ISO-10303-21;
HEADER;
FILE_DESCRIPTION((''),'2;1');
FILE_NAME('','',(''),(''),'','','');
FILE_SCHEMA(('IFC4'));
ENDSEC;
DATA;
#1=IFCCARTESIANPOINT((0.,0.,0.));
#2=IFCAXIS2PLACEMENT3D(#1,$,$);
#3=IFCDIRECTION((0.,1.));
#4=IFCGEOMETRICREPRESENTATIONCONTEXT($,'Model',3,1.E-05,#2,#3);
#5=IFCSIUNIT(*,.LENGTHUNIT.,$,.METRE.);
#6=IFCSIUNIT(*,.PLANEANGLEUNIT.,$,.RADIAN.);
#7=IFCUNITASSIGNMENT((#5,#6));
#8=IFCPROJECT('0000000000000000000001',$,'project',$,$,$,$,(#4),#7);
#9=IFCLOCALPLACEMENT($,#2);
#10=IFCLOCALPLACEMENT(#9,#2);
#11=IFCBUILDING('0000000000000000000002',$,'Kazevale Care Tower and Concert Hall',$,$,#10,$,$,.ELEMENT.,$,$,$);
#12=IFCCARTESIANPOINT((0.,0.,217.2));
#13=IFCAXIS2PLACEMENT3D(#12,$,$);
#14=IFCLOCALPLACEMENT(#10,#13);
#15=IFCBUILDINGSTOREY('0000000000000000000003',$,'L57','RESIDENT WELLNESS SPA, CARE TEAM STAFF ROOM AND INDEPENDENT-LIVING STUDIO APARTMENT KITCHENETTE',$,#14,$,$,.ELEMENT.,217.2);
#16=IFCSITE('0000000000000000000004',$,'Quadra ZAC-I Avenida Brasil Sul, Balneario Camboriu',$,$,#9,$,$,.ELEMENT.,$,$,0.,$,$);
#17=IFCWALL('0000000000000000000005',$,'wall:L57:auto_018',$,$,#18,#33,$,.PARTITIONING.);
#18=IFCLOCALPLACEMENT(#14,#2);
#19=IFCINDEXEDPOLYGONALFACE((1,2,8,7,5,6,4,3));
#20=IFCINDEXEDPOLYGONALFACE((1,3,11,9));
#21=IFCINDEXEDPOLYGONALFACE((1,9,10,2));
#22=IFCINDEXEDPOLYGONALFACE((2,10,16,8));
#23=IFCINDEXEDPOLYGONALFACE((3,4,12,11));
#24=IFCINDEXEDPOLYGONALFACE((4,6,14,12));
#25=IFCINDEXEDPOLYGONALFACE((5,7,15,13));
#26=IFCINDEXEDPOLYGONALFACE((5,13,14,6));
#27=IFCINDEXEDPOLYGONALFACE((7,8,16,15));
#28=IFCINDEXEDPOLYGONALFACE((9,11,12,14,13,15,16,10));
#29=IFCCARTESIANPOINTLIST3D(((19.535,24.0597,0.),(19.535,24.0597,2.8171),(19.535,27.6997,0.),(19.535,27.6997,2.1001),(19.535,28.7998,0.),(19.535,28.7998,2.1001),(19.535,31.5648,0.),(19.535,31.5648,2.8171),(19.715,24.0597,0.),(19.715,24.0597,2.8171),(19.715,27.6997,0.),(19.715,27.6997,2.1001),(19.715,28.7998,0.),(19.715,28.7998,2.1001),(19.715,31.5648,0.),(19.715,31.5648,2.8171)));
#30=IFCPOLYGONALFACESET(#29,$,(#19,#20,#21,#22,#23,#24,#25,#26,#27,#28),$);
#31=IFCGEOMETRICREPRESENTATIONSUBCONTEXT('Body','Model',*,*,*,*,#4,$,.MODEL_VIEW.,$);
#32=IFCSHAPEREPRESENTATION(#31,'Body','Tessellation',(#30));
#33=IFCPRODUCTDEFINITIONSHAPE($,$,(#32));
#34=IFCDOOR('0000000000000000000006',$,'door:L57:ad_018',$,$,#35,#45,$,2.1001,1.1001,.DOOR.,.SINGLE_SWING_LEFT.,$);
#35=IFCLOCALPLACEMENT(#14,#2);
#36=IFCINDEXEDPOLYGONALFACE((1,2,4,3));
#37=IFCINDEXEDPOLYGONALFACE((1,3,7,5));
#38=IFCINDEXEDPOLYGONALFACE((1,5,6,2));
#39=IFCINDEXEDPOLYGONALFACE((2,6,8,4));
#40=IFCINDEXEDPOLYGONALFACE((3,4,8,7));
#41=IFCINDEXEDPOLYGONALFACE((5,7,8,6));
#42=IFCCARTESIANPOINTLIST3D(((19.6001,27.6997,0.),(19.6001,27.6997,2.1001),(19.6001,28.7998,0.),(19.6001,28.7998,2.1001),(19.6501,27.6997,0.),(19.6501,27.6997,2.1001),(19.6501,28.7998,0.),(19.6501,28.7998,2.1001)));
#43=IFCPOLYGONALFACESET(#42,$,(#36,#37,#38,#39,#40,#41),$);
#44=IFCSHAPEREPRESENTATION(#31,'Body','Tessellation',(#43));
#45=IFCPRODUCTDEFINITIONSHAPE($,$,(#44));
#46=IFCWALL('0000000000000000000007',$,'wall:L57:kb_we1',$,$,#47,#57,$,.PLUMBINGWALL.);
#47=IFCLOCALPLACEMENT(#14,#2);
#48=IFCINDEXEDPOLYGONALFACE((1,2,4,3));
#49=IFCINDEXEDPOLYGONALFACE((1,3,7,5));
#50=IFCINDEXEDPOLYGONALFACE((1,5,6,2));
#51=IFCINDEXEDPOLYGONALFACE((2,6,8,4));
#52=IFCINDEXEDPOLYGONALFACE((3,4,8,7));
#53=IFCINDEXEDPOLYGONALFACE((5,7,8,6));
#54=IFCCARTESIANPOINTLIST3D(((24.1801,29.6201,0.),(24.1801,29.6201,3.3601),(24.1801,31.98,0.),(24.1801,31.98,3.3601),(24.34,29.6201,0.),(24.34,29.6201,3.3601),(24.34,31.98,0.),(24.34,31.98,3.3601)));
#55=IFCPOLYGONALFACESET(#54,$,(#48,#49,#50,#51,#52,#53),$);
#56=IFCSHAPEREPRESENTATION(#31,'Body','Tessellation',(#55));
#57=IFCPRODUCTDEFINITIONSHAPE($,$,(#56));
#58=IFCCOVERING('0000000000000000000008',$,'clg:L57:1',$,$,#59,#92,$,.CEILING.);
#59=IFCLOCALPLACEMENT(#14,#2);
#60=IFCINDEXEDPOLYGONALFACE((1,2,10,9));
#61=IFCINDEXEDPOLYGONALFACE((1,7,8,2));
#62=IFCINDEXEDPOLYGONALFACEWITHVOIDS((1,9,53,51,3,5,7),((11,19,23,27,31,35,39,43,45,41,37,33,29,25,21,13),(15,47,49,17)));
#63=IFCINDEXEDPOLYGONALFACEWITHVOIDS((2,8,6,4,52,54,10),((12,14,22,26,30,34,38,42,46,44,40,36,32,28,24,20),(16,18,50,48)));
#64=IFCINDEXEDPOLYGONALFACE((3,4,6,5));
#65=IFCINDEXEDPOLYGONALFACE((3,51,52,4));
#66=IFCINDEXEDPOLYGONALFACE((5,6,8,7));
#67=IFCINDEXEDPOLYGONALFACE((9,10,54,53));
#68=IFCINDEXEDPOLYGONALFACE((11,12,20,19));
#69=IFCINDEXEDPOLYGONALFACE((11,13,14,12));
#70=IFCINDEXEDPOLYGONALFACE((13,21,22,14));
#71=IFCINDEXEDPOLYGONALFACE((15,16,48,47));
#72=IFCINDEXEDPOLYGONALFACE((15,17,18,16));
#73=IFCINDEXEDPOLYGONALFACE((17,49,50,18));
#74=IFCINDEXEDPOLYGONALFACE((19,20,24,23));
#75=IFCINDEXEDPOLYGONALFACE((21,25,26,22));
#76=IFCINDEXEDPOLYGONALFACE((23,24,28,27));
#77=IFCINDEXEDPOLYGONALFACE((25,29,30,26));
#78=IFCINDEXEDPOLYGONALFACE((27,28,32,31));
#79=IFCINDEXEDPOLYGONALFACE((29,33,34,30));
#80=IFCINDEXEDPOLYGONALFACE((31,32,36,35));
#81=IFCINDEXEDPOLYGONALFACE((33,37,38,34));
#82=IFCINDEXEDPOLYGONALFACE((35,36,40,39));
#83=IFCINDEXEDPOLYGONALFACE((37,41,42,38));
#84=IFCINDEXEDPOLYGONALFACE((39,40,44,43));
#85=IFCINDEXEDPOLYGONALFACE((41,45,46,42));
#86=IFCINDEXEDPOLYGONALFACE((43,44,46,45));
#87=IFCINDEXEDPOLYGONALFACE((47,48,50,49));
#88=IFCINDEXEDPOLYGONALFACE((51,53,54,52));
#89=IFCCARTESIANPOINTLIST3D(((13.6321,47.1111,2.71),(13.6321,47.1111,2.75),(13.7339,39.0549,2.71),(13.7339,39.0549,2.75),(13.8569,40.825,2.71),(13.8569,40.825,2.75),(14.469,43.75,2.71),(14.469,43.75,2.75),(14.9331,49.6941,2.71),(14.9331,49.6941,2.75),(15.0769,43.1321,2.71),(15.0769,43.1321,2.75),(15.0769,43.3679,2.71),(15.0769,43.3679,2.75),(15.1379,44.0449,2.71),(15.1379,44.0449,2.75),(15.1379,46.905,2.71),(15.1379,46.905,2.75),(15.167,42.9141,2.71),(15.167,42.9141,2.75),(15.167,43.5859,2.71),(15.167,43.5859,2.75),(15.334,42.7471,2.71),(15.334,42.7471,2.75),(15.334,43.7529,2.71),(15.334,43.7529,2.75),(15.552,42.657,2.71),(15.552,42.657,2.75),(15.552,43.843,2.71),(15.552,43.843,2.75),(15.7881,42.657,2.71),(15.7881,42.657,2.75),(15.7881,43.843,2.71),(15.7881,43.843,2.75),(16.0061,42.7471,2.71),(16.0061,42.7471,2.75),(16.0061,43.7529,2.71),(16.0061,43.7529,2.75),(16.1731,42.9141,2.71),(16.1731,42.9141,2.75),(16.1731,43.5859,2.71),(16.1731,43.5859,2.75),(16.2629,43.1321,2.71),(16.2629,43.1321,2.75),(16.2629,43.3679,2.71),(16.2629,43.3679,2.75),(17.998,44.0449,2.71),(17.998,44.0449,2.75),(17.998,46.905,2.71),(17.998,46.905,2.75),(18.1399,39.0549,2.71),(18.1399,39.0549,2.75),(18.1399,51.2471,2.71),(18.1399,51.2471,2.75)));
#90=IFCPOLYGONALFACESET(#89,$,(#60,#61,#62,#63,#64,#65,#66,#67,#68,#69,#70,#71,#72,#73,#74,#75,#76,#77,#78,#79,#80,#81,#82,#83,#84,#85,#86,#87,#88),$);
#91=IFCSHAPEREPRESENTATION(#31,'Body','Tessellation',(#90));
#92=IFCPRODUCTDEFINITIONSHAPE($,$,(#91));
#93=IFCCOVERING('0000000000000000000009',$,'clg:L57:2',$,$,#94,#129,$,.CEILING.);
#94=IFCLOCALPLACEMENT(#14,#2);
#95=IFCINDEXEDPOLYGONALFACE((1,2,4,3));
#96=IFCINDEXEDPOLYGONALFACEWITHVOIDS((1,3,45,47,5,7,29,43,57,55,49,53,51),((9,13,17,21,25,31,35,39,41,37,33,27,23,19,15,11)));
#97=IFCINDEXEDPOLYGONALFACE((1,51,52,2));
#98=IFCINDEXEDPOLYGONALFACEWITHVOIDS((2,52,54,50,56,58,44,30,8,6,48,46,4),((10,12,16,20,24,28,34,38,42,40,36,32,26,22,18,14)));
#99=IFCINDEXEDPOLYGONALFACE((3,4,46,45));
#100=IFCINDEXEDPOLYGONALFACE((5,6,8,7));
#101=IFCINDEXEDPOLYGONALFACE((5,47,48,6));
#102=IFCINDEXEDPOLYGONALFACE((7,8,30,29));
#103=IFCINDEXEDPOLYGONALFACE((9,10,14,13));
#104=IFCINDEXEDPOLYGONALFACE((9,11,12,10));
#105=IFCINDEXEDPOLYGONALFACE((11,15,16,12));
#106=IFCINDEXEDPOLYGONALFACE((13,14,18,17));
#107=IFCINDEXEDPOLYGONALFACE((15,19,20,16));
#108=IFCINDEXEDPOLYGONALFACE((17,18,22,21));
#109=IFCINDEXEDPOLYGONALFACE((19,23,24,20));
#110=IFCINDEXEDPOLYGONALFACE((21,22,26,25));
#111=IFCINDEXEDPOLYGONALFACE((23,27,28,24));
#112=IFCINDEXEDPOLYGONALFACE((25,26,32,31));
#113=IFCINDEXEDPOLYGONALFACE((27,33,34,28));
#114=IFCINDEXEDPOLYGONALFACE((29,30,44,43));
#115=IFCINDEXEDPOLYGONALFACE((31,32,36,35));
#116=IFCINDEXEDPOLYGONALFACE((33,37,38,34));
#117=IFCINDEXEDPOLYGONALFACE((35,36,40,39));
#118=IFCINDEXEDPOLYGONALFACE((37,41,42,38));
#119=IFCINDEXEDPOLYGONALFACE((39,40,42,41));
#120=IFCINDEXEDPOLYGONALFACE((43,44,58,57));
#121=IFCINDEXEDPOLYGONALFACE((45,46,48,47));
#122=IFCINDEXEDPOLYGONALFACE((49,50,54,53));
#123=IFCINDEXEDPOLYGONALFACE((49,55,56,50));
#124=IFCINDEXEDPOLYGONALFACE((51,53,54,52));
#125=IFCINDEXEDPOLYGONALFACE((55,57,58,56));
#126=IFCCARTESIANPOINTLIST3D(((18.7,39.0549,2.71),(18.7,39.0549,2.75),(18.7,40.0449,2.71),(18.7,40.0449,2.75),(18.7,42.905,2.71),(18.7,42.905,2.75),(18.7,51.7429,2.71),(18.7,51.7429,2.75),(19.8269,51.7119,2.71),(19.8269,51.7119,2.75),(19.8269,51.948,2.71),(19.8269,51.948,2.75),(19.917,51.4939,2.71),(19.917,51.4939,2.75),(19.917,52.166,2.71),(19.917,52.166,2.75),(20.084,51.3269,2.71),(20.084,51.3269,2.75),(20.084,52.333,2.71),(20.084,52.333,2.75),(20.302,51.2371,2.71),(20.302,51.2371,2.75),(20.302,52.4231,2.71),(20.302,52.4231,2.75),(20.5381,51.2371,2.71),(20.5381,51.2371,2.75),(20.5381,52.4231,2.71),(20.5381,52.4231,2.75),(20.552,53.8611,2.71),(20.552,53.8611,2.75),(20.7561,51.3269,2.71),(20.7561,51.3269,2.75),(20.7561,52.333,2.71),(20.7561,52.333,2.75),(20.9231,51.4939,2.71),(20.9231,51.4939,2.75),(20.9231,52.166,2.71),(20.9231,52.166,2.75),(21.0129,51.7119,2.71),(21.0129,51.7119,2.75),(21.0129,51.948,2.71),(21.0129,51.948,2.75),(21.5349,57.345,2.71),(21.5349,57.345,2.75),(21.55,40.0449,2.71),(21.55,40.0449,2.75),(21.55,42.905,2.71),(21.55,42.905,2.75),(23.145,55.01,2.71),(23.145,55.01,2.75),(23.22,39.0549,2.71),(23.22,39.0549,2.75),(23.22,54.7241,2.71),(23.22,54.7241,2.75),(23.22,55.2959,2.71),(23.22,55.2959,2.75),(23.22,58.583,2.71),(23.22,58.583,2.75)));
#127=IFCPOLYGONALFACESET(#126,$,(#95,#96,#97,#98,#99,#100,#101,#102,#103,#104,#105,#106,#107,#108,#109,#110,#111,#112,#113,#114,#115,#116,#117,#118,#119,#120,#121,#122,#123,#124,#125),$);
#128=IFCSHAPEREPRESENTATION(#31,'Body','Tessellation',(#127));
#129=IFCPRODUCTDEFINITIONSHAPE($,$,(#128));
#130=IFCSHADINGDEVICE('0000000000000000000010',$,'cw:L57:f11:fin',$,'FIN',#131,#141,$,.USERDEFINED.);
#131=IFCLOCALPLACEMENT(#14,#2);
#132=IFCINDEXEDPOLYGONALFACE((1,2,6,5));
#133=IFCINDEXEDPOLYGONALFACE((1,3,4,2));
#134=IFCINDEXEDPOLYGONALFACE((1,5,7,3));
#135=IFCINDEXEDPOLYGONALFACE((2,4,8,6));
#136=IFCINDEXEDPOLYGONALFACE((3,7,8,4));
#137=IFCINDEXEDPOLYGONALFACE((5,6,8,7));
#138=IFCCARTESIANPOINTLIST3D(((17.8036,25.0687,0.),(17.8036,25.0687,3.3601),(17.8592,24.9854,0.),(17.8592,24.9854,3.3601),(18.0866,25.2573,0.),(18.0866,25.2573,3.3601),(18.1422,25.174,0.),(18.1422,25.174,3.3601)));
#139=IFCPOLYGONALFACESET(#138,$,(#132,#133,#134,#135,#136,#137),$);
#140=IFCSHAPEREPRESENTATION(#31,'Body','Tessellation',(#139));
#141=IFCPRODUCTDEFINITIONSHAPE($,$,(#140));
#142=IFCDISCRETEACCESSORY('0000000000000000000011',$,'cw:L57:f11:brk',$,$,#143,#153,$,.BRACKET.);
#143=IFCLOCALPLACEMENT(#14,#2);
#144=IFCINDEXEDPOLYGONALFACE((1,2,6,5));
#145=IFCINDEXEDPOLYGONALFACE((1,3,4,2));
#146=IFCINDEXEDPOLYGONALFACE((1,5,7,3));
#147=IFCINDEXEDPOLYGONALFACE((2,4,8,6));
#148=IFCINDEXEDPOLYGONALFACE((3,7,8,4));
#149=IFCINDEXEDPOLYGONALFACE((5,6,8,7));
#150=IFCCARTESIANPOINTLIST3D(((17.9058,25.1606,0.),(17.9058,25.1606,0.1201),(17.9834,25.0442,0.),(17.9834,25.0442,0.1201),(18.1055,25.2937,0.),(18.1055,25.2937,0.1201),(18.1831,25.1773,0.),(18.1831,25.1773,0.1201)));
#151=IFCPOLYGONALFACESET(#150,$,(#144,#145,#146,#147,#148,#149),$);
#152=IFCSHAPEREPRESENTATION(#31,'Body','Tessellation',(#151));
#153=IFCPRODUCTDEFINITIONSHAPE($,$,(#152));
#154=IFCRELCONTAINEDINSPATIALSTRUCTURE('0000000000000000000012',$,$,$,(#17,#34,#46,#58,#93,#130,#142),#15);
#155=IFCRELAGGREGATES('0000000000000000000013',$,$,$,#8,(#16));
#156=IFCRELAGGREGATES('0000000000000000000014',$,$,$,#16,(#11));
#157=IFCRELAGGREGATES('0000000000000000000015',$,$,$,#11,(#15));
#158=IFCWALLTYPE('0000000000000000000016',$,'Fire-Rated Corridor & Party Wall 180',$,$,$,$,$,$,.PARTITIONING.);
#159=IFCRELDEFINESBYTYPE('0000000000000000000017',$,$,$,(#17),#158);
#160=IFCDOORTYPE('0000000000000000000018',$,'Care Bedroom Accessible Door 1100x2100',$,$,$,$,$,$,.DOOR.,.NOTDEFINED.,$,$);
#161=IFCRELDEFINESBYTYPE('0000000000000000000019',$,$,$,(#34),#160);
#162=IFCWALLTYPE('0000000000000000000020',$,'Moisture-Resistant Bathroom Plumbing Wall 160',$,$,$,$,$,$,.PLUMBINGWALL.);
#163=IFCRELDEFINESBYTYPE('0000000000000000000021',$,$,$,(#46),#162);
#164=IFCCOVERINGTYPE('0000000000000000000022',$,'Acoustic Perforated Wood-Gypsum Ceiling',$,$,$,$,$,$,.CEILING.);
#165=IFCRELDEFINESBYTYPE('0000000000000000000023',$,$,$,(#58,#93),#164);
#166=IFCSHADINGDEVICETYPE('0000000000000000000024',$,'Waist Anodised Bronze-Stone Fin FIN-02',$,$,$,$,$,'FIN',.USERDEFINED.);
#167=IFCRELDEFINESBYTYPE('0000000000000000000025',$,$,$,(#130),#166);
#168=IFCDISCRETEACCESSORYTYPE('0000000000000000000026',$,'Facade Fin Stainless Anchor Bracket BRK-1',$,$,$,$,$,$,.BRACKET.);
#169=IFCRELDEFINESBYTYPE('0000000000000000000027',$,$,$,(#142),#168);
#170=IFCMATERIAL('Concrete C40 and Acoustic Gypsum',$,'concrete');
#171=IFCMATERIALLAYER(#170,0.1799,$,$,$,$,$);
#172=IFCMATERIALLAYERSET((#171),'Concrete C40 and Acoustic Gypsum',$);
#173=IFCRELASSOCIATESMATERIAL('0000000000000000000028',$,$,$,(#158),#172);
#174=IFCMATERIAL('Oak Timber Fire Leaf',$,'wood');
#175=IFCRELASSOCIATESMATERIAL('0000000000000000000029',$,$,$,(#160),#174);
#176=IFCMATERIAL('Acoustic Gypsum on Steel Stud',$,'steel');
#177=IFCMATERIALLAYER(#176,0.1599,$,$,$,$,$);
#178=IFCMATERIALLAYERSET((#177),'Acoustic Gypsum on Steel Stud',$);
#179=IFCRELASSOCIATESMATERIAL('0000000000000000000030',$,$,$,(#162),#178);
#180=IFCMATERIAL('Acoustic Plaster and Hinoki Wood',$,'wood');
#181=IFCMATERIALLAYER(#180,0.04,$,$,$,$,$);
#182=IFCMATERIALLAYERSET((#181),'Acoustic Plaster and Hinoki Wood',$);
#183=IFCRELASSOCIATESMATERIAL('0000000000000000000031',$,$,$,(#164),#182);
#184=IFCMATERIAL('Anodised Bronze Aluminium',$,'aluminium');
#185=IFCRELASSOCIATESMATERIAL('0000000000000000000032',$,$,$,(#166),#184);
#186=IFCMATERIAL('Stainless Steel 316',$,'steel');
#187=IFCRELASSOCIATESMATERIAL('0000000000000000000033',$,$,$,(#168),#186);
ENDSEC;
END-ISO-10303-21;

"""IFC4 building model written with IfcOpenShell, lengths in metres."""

from ifc_helpers import new_model, si_unit, direction, frame, frame_2d, origin, origin_2d, place, context, subcontext, project, spatial, polyline, rectangle, outline, extrude, material, layer, layer_set, type_object, element, fill, save


model = new_model("IFC4")

# Units and contexts
model_context = context("Model", 3, precision=1e-05, world=origin(), true_north=direction((0.0, 1.0)))
body_context = subcontext(model_context, "Body", "Model", "MODEL_VIEW")
ifc_project = project(units=[si_unit("LENGTHUNIT", "METRE"), si_unit("PLANEANGLEUNIT", "RADIAN")], contexts=[model_context])

# Site, building, storey
site_placement = place(None, origin())
site = spatial("IfcSite", under=ifc_project, at=site_placement, Name="Quadra ZAC-I Avenida Brasil Sul, Balneario Camboriu", CompositionType="ELEMENT", RefElevation=0.0)
building_placement = place(site_placement, origin())
building = spatial("IfcBuilding", under=site, at=building_placement, Name="Kazevale Care Tower and Concert Hall", CompositionType="ELEMENT")
storey_placement = place(building_placement, frame((0.0, 0.0, 217.2)))
storey = spatial("IfcBuildingStorey", under=building, at=storey_placement, Name="L57", Description="RESIDENT WELLNESS SPA, CARE TEAM STAFF ROOM AND INDEPENDENT-LIVING STUDIO APARTMENT KITCHENETTE", CompositionType="ELEMENT", Elevation=217.2)

# Wall, opening, door
ifc_material_1 = material(Name="Concrete C40 and Acoustic Gypsum", Category="concrete")
ifc_layer_1 = layer(ifc_material_1, 0.1799)
ifc_layer_set_1 = layer_set([ifc_layer_1], Name="Concrete C40 and Acoustic Gypsum")
wall_type_1 = type_object("IfcWallType", Name="Fire-Rated Corridor & Party Wall 180", PredefinedType="PARTITIONING", material=ifc_layer_set_1)
wall_1_placement = place(storey_placement, frame((19.625, 24.0598, 0.0), z_axis=(0.0, 0.0, 1.0), x_axis=(0.0, 1.0, 0.0)))
wall_1 = element("IfcWall", 1, at=wall_1_placement, inside=storey, type_object=wall_type_1, Name="wall:L57:auto_018", PredefinedType="PARTITIONING", context=body_context, shape_type="SweptSolid", body=[
    extrude(rectangle(XDim=7.5051, YDim=0.1799, at=frame_2d((3.7524, 0.0))), origin(), (0.0, 0.0, 1.0), 2.8171),
])
opening_1_placement = place(wall_1_placement, frame((3.6399, 0.0, 0.0)))
opening_1 = element("IfcOpeningElement", 2, at=opening_1_placement, cuts=wall_1, PredefinedType="OPENING", context=body_context, shape_type="SweptSolid", body=[
    extrude(rectangle(XDim=1.1001, YDim=2.1001, at=frame_2d((0.55, 1.05))), frame((0.0, 0.0999, 0.0), z_axis=(0.0, -1.0, 0.0), x_axis=(1.0, 0.0, 0.0)), (0.0, 0.0, 1.0), 0.2),
])
ifc_material_2 = material(Name="Oak Timber Fire Leaf", Category="wood")
door_type_1 = type_object("IfcDoorType", Name="Care Bedroom Accessible Door 1100x2100", OperationType="NOTDEFINED", PredefinedType="DOOR", material=ifc_material_2)
door_1_placement = place(opening_1_placement, origin())
door_1 = element("IfcDoor", 3, at=door_1_placement, inside=storey, type_object=door_type_1, Name="door:L57:ad_018", OperationType="SINGLE_SWING_LEFT", OverallHeight=2.1001, OverallWidth=1.1001, PredefinedType="DOOR", context=body_context, shape_type="SweptSolid", body=[
    extrude(rectangle(XDim=1.1001, YDim=2.1001, at=frame_2d((0.55, 1.05))), frame((0.0, 0.0249, 0.0), z_axis=(0.0, -1.0, 0.0), x_axis=(1.0, 0.0, 0.0)), (0.0, 0.0, 1.0), 0.05),
])
fill(opening_1, door_1)

# Wall
ifc_material_3 = material(Name="Acoustic Gypsum on Steel Stud", Category="steel")
ifc_layer_2 = layer(ifc_material_3, 0.1599)
ifc_layer_set_2 = layer_set([ifc_layer_2], Name="Acoustic Gypsum on Steel Stud")
wall_type_2 = type_object("IfcWallType", Name="Moisture-Resistant Bathroom Plumbing Wall 160", PredefinedType="PLUMBINGWALL", material=ifc_layer_set_2)
wall_2_placement = place(storey_placement, frame((24.26, 29.6201, 0.0), z_axis=(0.0, 0.0, 1.0), x_axis=(0.0, 1.0, 0.0)))
element("IfcWall", 4, at=wall_2_placement, inside=storey, type_object=wall_type_2, Name="wall:L57:kb_we1", PredefinedType="PLUMBINGWALL", context=body_context, shape_type="SweptSolid", body=[
    extrude(rectangle(XDim=2.3599, YDim=0.1599, at=frame_2d((1.1799, 0.0))), origin(), (0.0, 0.0, 1.0), 3.3601),
])

# Coverings
ifc_material_4 = material(Name="Acoustic Plaster and Hinoki Wood", Category="wood")
ifc_layer_3 = layer(ifc_material_4, 0.04)
ifc_layer_set_3 = layer_set([ifc_layer_3], Name="Acoustic Plaster and Hinoki Wood")
covering_type = type_object("IfcCoveringType", Name="Acoustic Perforated Wood-Gypsum Ceiling", PredefinedType="CEILING", material=ifc_layer_set_3)
covering_1_placement = place(storey_placement, frame((0.0, 0.0, 2.71)))
element("IfcCovering", 5, at=covering_1_placement, inside=storey, type_object=covering_type, Name="clg:L57:1", PredefinedType="CEILING", context=body_context, shape_type="SweptSolid", body=[
    extrude(outline(polyline([(14.9331, 49.6941), (18.1399, 51.2471), (18.1399, 39.0549), (13.7339, 39.0549), (13.8569, 40.825), (14.469, 43.75), (13.6321, 47.1111), (14.9331, 49.6941)]), holes=[polyline([(15.1379, 46.905), (15.1379, 44.0449), (17.998, 44.0449), (17.998, 46.905), (15.1379, 46.905)]), polyline([(16.2629, 43.3679), (16.1731, 43.5859), (16.0061, 43.7529), (15.7881, 43.843), (15.552, 43.843), (15.334, 43.7529), (15.167, 43.5859), (15.0769, 43.3679), (15.0769, 43.1321), (15.167, 42.9141), (15.334, 42.7471), (15.552, 42.657), (15.7881, 42.657), (16.0061, 42.7471), (16.1731, 42.9141), (16.2629, 43.1321), (16.2629, 43.3679)])]), origin(), (0.0, 0.0, 1.0), 0.04),
])
covering_2_placement = place(storey_placement, frame((0.0, 0.0, 2.71)))
element("IfcCovering", 6, at=covering_2_placement, inside=storey, type_object=covering_type, Name="clg:L57:2", PredefinedType="CEILING", context=body_context, shape_type="SweptSolid", body=[
    extrude(outline(polyline([(21.55, 42.905), (18.7, 42.905), (18.7, 51.7429), (20.552, 53.8611), (21.5349, 57.345), (23.22, 58.583), (23.22, 55.2959), (23.145, 55.01), (23.22, 54.7241), (23.22, 39.0549), (18.7, 39.0549), (18.7, 40.0449), (21.55, 40.0449), (21.55, 42.905)]), holes=[polyline([(21.0129, 51.948), (20.9231, 52.166), (20.7561, 52.333), (20.5381, 52.4231), (20.302, 52.4231), (20.084, 52.333), (19.917, 52.166), (19.8269, 51.948), (19.8269, 51.7119), (19.917, 51.4939), (20.084, 51.3269), (20.302, 51.2371), (20.5381, 51.2371), (20.7561, 51.3269), (20.9231, 51.4939), (21.0129, 51.7119), (21.0129, 51.948)])]), origin(), (0.0, 0.0, 1.0), 0.04),
])

# Shading device
ifc_material_5 = material(Name="Anodised Bronze Aluminium", Category="aluminium")
shading_device_type = type_object("IfcShadingDeviceType", Name="Waist Anodised Bronze-Stone Fin FIN-02", ElementType="FIN", PredefinedType="USERDEFINED", material=ifc_material_5)
shading_device_placement = place(storey_placement, frame((17.9729, 25.1213, 0.0), z_axis=(0.0, 0.0, 1.0), x_axis=(-0.832148, -0.554554, 0.0)))
element("IfcShadingDevice", 7, at=shading_device_placement, inside=storey, type_object=shading_device_type, Name="cw:L57:f11:fin", ObjectType="FIN", PredefinedType="USERDEFINED", context=body_context, shape_type="SweptSolid", body=[
    extrude(rectangle(XDim=0.3401, YDim=0.1001, at=origin_2d()), origin(), (0.0, 0.0, 1.0), 3.3601),
])

# Discrete accessory
ifc_material_6 = material(Name="Stainless Steel 316", Category="steel")
discrete_accessory_type = type_object("IfcDiscreteAccessoryType", Name="Facade Fin Stainless Anchor Bracket BRK-1", PredefinedType="BRACKET", material=ifc_material_6)
discrete_accessory_placement = place(storey_placement, frame((18.0444, 25.1689, 0.0), z_axis=(0.0, 0.0, 1.0), x_axis=(-0.832148, -0.554554, 0.0)))
element("IfcDiscreteAccessory", 8, at=discrete_accessory_placement, inside=storey, type_object=discrete_accessory_type, Name="cw:L57:f11:brk", PredefinedType="BRACKET", context=body_context, shape_type="SweptSolid", body=[
    extrude(rectangle(XDim=0.24, YDim=0.1399, at=origin_2d()), origin(), (0.0, 0.0, 1.0), 0.1201),
])

save(model, "model.ifc")
